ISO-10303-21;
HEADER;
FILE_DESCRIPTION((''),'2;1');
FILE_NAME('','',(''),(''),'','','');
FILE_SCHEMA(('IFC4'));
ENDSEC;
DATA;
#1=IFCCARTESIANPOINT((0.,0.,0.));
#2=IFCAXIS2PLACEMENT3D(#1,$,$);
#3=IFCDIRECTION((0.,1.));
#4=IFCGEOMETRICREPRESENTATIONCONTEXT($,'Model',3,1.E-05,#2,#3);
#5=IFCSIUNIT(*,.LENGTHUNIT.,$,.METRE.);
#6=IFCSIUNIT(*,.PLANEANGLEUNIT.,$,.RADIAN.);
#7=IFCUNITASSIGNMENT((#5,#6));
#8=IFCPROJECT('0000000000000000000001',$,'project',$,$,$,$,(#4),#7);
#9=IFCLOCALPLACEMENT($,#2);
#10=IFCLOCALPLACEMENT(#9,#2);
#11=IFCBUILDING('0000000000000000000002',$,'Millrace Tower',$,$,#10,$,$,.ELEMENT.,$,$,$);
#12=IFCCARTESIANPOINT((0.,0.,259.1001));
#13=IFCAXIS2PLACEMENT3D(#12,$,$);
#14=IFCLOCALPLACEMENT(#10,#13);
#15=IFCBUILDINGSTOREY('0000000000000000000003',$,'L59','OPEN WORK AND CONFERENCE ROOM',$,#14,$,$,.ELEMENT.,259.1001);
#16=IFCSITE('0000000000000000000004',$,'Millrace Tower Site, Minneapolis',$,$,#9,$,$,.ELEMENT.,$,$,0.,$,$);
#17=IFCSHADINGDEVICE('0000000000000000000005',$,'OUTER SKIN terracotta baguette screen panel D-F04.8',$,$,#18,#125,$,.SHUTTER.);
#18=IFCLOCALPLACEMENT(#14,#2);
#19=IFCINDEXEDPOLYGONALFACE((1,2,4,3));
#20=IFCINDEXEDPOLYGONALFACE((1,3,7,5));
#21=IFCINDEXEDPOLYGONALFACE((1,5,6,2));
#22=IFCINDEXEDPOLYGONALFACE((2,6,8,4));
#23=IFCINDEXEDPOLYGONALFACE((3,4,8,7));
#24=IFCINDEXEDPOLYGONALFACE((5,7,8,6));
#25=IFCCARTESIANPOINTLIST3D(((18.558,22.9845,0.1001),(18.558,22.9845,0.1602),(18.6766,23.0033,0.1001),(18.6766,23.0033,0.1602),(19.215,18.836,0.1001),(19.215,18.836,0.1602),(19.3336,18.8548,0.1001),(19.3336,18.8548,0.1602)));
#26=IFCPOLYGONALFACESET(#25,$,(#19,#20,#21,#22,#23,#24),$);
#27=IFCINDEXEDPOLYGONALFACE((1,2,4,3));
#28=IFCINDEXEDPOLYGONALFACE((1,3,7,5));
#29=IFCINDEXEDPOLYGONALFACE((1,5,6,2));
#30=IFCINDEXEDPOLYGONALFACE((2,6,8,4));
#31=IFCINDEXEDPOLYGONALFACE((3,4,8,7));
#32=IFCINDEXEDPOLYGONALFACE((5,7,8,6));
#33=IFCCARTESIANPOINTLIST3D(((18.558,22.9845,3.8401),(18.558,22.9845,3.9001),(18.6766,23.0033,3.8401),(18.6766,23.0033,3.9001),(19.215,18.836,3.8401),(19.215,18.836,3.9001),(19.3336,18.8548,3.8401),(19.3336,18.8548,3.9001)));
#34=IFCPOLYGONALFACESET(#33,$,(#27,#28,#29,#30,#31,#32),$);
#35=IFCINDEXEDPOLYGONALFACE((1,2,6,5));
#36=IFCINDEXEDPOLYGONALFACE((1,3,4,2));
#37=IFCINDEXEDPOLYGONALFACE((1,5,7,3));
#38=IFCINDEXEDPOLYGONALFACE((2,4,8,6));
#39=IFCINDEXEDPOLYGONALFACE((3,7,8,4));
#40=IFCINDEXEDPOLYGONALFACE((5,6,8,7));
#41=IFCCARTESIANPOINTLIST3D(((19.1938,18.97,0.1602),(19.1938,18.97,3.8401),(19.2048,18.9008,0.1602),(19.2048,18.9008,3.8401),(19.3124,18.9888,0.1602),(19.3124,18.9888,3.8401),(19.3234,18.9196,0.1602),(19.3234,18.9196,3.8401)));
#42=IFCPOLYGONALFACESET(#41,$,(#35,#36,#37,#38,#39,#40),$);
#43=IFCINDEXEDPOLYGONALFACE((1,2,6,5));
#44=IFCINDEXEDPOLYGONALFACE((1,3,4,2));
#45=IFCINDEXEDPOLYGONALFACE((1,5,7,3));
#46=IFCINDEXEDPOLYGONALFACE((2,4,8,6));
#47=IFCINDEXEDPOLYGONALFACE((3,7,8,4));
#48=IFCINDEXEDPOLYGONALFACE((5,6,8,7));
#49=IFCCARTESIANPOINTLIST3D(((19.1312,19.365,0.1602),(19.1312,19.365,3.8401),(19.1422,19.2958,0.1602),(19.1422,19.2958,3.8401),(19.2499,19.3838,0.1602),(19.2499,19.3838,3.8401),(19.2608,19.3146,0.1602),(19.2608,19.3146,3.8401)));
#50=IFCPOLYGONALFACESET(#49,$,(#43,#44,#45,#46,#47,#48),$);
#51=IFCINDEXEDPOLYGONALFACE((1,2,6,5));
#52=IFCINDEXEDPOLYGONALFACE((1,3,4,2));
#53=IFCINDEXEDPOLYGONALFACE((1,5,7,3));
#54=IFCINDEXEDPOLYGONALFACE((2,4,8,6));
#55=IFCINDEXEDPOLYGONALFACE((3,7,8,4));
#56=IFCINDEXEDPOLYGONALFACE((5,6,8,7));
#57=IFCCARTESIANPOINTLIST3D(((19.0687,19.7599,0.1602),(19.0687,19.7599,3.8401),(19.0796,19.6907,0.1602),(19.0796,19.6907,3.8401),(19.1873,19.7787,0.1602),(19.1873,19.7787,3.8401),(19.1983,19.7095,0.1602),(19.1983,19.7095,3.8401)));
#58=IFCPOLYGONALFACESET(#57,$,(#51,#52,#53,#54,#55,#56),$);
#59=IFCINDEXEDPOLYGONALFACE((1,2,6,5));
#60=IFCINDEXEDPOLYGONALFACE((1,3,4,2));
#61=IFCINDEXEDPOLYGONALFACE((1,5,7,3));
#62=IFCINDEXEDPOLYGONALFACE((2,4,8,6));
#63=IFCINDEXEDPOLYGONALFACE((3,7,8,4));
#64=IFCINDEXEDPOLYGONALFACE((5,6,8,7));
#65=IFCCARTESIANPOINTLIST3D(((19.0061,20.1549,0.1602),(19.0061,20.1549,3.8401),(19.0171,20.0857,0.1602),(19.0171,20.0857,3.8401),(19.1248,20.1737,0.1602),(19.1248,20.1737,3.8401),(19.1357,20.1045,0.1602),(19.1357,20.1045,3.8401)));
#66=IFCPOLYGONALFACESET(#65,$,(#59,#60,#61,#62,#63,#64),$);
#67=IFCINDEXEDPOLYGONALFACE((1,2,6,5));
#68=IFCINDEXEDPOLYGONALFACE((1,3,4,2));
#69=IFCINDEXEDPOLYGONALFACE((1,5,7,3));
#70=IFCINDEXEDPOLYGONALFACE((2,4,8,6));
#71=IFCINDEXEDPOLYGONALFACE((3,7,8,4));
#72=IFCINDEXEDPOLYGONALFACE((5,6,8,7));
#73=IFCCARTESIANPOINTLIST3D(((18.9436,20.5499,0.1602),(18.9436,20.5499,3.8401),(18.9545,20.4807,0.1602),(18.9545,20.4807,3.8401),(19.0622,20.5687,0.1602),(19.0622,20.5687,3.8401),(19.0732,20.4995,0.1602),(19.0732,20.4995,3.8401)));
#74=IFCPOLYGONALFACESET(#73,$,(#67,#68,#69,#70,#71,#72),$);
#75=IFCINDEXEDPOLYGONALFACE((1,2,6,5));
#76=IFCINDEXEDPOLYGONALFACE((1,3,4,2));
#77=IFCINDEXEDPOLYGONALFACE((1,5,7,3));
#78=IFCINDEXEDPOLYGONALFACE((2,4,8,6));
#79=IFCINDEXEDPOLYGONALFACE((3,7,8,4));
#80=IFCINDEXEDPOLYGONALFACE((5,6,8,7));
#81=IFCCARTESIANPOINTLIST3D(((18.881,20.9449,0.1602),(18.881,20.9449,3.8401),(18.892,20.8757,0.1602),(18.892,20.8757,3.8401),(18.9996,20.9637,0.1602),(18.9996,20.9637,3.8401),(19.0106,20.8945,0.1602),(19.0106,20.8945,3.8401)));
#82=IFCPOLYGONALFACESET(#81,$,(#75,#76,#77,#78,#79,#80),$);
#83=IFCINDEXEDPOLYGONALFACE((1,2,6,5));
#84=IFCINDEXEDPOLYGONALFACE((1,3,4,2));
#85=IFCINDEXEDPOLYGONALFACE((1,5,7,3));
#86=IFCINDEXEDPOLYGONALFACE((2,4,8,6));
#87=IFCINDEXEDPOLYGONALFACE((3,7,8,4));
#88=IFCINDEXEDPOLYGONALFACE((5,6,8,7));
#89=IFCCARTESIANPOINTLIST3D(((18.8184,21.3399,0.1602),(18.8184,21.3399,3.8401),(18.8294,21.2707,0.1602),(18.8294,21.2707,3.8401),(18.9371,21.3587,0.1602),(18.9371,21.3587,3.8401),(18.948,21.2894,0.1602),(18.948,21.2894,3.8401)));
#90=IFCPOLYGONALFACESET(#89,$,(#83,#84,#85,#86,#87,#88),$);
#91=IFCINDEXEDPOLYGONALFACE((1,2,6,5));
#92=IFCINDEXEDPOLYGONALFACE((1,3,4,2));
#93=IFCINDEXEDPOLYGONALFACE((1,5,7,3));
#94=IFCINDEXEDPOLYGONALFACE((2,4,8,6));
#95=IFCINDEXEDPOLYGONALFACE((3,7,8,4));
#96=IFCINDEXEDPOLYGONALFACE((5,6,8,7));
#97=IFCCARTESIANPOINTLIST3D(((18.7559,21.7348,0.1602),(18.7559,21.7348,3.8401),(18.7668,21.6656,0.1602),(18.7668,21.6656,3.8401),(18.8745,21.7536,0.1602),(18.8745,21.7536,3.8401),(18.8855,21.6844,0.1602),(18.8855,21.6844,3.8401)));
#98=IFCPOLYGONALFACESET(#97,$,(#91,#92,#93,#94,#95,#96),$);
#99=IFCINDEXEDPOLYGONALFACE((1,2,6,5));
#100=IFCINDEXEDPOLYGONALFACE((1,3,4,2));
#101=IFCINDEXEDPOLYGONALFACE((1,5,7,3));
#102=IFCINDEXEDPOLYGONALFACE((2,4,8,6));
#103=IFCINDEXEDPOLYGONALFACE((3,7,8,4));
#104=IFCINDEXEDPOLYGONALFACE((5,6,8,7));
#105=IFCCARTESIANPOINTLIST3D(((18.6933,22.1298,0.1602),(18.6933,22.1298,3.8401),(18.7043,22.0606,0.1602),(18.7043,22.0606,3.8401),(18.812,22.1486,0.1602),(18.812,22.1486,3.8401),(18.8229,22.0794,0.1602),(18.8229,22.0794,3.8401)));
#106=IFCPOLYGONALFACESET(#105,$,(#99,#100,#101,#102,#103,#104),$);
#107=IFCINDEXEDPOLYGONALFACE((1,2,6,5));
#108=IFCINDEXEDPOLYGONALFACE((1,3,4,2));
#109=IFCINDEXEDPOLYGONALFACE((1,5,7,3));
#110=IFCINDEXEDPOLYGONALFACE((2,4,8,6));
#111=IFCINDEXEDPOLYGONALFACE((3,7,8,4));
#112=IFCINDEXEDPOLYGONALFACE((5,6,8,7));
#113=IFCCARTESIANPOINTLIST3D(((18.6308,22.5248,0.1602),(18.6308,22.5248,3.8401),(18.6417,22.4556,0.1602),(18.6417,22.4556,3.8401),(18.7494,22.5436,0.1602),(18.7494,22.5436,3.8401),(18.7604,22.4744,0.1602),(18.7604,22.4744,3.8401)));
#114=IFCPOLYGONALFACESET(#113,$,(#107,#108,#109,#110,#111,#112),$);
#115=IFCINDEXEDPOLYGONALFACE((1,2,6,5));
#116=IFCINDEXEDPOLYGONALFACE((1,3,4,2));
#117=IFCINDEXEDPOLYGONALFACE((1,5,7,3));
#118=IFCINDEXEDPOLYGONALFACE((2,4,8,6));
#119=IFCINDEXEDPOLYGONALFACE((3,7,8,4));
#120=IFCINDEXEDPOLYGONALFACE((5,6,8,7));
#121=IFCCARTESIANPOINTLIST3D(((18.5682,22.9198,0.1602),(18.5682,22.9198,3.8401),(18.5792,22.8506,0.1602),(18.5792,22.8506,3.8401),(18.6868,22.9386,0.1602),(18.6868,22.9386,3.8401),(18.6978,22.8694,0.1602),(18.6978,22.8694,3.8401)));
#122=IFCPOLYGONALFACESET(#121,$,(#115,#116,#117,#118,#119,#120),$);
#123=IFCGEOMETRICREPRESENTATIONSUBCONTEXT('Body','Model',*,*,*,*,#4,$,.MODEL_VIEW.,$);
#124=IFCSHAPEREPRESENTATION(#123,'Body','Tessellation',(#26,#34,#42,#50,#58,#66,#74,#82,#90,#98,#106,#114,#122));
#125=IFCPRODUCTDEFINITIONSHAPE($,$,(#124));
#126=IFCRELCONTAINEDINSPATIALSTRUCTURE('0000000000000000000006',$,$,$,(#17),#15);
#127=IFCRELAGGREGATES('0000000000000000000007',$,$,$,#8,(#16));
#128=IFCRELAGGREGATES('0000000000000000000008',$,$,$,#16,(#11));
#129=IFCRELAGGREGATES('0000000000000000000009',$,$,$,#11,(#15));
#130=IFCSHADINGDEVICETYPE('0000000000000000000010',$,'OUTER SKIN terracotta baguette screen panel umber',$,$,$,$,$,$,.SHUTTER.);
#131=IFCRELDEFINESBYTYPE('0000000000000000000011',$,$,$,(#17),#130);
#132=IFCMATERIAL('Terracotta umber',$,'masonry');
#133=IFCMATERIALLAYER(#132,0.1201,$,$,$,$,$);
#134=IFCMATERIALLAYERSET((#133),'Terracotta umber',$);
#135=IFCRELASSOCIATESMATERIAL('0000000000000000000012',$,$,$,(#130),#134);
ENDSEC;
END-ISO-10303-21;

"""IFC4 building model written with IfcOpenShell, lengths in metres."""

from ifc_helpers import new_model, entity, si_unit, direction, frame, frame_2d, origin, origin_2d, place, context, subcontext, project, spatial, rectangle, extrude, source, transform, mapped, material, layer, layer_set, type_object, element, save


model = new_model("IFC4")

# Units and contexts
model_context = context("Model", 3, precision=1e-05, world=origin(), true_north=direction((0.0, 1.0)))
body_context = subcontext(model_context, "Body", "Model", "MODEL_VIEW")
ifc_project = project(units=[si_unit("LENGTHUNIT", "METRE"), si_unit("PLANEANGLEUNIT", "RADIAN")], contexts=[model_context])

# Site, building, storey
site_placement = place(None, origin())
site = spatial("IfcSite", under=ifc_project, at=site_placement, Name="Millrace Tower Site, Minneapolis", CompositionType="ELEMENT", RefElevation=0.0)
building_placement = place(site_placement, origin())
building = spatial("IfcBuilding", under=site, at=building_placement, Name="Millrace Tower", CompositionType="ELEMENT")
storey_placement = place(building_placement, frame((0.0, 0.0, 259.1001)))
storey = spatial("IfcBuildingStorey", under=building, at=storey_placement, Name="L59", Description="OPEN WORK AND CONFERENCE ROOM", CompositionType="ELEMENT", Elevation=259.1001)

# Shading device
ifc_material_1 = material(Name="Terracotta umber", Category="masonry")
ifc_layer_1 = layer(ifc_material_1, 0.1201)
ifc_layer_set_1 = layer_set([ifc_layer_1], Name="Terracotta umber")
shading_device_type = type_object("IfcShadingDeviceType", Name="OUTER SKIN terracotta baguette screen panel umber", PredefinedType="SHUTTER", material=ifc_layer_set_1)
cartesian_point = entity("IfcCartesianPoint", [-2.1001, 0.0601])
shared_polyline = entity("IfcPolyline", [cartesian_point, entity("IfcCartesianPoint", [2.1001, 0.0601]), entity("IfcCartesianPoint", [2.1001, -0.0601]), entity("IfcCartesianPoint", [-2.1001, -0.0601]), cartesian_point])
shared_shape = source(origin(), body_context, "Body", "SweptSolid", [
    entity("IfcExtrudedAreaSolid", entity("IfcArbitraryClosedProfileDef", "AREA", None, shared_polyline), entity("IfcAxis2Placement3D", entity("IfcCartesianPoint", [0.0, 0.0, 0.0])), entity("IfcDirection", [0.0, 0.0, 1.0]), 0.0601),
    entity("IfcExtrudedAreaSolid", entity("IfcArbitraryClosedProfileDef", "AREA", None, shared_polyline), entity("IfcAxis2Placement3D", entity("IfcCartesianPoint", [0.0, 0.0, 3.74])), entity("IfcDirection", [0.0, 0.0, 1.0]), 0.0601),
    extrude(rectangle(XDim=0.0701, YDim=0.1201, at=frame_2d((-1.9995, 0.0))), frame((0.0, 0.0, 0.0601)), (0.0, 0.0, 1.0), 3.6799),
    extrude(rectangle(XDim=0.0701, YDim=0.1201, at=frame_2d((-1.5996, 0.0))), frame((0.0, 0.0, 0.0601)), (0.0, 0.0, 1.0), 3.6799),
    extrude(rectangle(XDim=0.0701, YDim=0.1201, at=frame_2d((-1.1997, 0.0))), frame((0.0, 0.0, 0.0601)), (0.0, 0.0, 1.0), 3.6799),
    extrude(rectangle(XDim=0.0701, YDim=0.1201, at=frame_2d((-0.7998, 0.0))), frame((0.0, 0.0, 0.0601)), (0.0, 0.0, 1.0), 3.6799),
    extrude(rectangle(XDim=0.0701, YDim=0.1201, at=frame_2d((-0.3999, 0.0))), frame((0.0, 0.0, 0.0601)), (0.0, 0.0, 1.0), 3.6799),
    extrude(rectangle(XDim=0.0701, YDim=0.1201, at=origin_2d()), frame((0.0, 0.0, 0.0601)), (0.0, 0.0, 1.0), 3.6799),
    extrude(rectangle(XDim=0.0701, YDim=0.1201, at=frame_2d((0.3999, 0.0))), frame((0.0, 0.0, 0.0601)), (0.0, 0.0, 1.0), 3.6799),
    extrude(rectangle(XDim=0.0701, YDim=0.1201, at=frame_2d((0.7998, 0.0))), frame((0.0, 0.0, 0.0601)), (0.0, 0.0, 1.0), 3.6799),
    extrude(rectangle(XDim=0.0701, YDim=0.1201, at=frame_2d((1.1997, 0.0))), frame((0.0, 0.0, 0.0601)), (0.0, 0.0, 1.0), 3.6799),
    extrude(rectangle(XDim=0.0701, YDim=0.1201, at=frame_2d((1.5996, 0.0))), frame((0.0, 0.0, 0.0601)), (0.0, 0.0, 1.0), 3.6799),
    extrude(rectangle(XDim=0.0701, YDim=0.1201, at=frame_2d((1.9995, 0.0))), frame((0.0, 0.0, 0.0601)), (0.0, 0.0, 1.0), 3.6799),
])
for number, where, z_axis, x_axis, name in (
    (1, (18.9458, 20.9197, 0.1001), (0.0, 0.0, 1.0), (-0.156434, 0.987688, 0.0), "OUTER SKIN terracotta baguette screen panel D-F04.8"),
):
    element("IfcShadingDevice", number, at=place(storey_placement, frame(where, z_axis=z_axis, x_axis=x_axis)), inside=storey, type_object=shading_device_type, Name=name, PredefinedType="SHUTTER", context=body_context, shape_type="MappedRepresentation", body=[
        mapped(shared_shape, transform((0.0, 0.0, 0.0), scale=1.0)),
    ])

save(model, "model.ifc")
